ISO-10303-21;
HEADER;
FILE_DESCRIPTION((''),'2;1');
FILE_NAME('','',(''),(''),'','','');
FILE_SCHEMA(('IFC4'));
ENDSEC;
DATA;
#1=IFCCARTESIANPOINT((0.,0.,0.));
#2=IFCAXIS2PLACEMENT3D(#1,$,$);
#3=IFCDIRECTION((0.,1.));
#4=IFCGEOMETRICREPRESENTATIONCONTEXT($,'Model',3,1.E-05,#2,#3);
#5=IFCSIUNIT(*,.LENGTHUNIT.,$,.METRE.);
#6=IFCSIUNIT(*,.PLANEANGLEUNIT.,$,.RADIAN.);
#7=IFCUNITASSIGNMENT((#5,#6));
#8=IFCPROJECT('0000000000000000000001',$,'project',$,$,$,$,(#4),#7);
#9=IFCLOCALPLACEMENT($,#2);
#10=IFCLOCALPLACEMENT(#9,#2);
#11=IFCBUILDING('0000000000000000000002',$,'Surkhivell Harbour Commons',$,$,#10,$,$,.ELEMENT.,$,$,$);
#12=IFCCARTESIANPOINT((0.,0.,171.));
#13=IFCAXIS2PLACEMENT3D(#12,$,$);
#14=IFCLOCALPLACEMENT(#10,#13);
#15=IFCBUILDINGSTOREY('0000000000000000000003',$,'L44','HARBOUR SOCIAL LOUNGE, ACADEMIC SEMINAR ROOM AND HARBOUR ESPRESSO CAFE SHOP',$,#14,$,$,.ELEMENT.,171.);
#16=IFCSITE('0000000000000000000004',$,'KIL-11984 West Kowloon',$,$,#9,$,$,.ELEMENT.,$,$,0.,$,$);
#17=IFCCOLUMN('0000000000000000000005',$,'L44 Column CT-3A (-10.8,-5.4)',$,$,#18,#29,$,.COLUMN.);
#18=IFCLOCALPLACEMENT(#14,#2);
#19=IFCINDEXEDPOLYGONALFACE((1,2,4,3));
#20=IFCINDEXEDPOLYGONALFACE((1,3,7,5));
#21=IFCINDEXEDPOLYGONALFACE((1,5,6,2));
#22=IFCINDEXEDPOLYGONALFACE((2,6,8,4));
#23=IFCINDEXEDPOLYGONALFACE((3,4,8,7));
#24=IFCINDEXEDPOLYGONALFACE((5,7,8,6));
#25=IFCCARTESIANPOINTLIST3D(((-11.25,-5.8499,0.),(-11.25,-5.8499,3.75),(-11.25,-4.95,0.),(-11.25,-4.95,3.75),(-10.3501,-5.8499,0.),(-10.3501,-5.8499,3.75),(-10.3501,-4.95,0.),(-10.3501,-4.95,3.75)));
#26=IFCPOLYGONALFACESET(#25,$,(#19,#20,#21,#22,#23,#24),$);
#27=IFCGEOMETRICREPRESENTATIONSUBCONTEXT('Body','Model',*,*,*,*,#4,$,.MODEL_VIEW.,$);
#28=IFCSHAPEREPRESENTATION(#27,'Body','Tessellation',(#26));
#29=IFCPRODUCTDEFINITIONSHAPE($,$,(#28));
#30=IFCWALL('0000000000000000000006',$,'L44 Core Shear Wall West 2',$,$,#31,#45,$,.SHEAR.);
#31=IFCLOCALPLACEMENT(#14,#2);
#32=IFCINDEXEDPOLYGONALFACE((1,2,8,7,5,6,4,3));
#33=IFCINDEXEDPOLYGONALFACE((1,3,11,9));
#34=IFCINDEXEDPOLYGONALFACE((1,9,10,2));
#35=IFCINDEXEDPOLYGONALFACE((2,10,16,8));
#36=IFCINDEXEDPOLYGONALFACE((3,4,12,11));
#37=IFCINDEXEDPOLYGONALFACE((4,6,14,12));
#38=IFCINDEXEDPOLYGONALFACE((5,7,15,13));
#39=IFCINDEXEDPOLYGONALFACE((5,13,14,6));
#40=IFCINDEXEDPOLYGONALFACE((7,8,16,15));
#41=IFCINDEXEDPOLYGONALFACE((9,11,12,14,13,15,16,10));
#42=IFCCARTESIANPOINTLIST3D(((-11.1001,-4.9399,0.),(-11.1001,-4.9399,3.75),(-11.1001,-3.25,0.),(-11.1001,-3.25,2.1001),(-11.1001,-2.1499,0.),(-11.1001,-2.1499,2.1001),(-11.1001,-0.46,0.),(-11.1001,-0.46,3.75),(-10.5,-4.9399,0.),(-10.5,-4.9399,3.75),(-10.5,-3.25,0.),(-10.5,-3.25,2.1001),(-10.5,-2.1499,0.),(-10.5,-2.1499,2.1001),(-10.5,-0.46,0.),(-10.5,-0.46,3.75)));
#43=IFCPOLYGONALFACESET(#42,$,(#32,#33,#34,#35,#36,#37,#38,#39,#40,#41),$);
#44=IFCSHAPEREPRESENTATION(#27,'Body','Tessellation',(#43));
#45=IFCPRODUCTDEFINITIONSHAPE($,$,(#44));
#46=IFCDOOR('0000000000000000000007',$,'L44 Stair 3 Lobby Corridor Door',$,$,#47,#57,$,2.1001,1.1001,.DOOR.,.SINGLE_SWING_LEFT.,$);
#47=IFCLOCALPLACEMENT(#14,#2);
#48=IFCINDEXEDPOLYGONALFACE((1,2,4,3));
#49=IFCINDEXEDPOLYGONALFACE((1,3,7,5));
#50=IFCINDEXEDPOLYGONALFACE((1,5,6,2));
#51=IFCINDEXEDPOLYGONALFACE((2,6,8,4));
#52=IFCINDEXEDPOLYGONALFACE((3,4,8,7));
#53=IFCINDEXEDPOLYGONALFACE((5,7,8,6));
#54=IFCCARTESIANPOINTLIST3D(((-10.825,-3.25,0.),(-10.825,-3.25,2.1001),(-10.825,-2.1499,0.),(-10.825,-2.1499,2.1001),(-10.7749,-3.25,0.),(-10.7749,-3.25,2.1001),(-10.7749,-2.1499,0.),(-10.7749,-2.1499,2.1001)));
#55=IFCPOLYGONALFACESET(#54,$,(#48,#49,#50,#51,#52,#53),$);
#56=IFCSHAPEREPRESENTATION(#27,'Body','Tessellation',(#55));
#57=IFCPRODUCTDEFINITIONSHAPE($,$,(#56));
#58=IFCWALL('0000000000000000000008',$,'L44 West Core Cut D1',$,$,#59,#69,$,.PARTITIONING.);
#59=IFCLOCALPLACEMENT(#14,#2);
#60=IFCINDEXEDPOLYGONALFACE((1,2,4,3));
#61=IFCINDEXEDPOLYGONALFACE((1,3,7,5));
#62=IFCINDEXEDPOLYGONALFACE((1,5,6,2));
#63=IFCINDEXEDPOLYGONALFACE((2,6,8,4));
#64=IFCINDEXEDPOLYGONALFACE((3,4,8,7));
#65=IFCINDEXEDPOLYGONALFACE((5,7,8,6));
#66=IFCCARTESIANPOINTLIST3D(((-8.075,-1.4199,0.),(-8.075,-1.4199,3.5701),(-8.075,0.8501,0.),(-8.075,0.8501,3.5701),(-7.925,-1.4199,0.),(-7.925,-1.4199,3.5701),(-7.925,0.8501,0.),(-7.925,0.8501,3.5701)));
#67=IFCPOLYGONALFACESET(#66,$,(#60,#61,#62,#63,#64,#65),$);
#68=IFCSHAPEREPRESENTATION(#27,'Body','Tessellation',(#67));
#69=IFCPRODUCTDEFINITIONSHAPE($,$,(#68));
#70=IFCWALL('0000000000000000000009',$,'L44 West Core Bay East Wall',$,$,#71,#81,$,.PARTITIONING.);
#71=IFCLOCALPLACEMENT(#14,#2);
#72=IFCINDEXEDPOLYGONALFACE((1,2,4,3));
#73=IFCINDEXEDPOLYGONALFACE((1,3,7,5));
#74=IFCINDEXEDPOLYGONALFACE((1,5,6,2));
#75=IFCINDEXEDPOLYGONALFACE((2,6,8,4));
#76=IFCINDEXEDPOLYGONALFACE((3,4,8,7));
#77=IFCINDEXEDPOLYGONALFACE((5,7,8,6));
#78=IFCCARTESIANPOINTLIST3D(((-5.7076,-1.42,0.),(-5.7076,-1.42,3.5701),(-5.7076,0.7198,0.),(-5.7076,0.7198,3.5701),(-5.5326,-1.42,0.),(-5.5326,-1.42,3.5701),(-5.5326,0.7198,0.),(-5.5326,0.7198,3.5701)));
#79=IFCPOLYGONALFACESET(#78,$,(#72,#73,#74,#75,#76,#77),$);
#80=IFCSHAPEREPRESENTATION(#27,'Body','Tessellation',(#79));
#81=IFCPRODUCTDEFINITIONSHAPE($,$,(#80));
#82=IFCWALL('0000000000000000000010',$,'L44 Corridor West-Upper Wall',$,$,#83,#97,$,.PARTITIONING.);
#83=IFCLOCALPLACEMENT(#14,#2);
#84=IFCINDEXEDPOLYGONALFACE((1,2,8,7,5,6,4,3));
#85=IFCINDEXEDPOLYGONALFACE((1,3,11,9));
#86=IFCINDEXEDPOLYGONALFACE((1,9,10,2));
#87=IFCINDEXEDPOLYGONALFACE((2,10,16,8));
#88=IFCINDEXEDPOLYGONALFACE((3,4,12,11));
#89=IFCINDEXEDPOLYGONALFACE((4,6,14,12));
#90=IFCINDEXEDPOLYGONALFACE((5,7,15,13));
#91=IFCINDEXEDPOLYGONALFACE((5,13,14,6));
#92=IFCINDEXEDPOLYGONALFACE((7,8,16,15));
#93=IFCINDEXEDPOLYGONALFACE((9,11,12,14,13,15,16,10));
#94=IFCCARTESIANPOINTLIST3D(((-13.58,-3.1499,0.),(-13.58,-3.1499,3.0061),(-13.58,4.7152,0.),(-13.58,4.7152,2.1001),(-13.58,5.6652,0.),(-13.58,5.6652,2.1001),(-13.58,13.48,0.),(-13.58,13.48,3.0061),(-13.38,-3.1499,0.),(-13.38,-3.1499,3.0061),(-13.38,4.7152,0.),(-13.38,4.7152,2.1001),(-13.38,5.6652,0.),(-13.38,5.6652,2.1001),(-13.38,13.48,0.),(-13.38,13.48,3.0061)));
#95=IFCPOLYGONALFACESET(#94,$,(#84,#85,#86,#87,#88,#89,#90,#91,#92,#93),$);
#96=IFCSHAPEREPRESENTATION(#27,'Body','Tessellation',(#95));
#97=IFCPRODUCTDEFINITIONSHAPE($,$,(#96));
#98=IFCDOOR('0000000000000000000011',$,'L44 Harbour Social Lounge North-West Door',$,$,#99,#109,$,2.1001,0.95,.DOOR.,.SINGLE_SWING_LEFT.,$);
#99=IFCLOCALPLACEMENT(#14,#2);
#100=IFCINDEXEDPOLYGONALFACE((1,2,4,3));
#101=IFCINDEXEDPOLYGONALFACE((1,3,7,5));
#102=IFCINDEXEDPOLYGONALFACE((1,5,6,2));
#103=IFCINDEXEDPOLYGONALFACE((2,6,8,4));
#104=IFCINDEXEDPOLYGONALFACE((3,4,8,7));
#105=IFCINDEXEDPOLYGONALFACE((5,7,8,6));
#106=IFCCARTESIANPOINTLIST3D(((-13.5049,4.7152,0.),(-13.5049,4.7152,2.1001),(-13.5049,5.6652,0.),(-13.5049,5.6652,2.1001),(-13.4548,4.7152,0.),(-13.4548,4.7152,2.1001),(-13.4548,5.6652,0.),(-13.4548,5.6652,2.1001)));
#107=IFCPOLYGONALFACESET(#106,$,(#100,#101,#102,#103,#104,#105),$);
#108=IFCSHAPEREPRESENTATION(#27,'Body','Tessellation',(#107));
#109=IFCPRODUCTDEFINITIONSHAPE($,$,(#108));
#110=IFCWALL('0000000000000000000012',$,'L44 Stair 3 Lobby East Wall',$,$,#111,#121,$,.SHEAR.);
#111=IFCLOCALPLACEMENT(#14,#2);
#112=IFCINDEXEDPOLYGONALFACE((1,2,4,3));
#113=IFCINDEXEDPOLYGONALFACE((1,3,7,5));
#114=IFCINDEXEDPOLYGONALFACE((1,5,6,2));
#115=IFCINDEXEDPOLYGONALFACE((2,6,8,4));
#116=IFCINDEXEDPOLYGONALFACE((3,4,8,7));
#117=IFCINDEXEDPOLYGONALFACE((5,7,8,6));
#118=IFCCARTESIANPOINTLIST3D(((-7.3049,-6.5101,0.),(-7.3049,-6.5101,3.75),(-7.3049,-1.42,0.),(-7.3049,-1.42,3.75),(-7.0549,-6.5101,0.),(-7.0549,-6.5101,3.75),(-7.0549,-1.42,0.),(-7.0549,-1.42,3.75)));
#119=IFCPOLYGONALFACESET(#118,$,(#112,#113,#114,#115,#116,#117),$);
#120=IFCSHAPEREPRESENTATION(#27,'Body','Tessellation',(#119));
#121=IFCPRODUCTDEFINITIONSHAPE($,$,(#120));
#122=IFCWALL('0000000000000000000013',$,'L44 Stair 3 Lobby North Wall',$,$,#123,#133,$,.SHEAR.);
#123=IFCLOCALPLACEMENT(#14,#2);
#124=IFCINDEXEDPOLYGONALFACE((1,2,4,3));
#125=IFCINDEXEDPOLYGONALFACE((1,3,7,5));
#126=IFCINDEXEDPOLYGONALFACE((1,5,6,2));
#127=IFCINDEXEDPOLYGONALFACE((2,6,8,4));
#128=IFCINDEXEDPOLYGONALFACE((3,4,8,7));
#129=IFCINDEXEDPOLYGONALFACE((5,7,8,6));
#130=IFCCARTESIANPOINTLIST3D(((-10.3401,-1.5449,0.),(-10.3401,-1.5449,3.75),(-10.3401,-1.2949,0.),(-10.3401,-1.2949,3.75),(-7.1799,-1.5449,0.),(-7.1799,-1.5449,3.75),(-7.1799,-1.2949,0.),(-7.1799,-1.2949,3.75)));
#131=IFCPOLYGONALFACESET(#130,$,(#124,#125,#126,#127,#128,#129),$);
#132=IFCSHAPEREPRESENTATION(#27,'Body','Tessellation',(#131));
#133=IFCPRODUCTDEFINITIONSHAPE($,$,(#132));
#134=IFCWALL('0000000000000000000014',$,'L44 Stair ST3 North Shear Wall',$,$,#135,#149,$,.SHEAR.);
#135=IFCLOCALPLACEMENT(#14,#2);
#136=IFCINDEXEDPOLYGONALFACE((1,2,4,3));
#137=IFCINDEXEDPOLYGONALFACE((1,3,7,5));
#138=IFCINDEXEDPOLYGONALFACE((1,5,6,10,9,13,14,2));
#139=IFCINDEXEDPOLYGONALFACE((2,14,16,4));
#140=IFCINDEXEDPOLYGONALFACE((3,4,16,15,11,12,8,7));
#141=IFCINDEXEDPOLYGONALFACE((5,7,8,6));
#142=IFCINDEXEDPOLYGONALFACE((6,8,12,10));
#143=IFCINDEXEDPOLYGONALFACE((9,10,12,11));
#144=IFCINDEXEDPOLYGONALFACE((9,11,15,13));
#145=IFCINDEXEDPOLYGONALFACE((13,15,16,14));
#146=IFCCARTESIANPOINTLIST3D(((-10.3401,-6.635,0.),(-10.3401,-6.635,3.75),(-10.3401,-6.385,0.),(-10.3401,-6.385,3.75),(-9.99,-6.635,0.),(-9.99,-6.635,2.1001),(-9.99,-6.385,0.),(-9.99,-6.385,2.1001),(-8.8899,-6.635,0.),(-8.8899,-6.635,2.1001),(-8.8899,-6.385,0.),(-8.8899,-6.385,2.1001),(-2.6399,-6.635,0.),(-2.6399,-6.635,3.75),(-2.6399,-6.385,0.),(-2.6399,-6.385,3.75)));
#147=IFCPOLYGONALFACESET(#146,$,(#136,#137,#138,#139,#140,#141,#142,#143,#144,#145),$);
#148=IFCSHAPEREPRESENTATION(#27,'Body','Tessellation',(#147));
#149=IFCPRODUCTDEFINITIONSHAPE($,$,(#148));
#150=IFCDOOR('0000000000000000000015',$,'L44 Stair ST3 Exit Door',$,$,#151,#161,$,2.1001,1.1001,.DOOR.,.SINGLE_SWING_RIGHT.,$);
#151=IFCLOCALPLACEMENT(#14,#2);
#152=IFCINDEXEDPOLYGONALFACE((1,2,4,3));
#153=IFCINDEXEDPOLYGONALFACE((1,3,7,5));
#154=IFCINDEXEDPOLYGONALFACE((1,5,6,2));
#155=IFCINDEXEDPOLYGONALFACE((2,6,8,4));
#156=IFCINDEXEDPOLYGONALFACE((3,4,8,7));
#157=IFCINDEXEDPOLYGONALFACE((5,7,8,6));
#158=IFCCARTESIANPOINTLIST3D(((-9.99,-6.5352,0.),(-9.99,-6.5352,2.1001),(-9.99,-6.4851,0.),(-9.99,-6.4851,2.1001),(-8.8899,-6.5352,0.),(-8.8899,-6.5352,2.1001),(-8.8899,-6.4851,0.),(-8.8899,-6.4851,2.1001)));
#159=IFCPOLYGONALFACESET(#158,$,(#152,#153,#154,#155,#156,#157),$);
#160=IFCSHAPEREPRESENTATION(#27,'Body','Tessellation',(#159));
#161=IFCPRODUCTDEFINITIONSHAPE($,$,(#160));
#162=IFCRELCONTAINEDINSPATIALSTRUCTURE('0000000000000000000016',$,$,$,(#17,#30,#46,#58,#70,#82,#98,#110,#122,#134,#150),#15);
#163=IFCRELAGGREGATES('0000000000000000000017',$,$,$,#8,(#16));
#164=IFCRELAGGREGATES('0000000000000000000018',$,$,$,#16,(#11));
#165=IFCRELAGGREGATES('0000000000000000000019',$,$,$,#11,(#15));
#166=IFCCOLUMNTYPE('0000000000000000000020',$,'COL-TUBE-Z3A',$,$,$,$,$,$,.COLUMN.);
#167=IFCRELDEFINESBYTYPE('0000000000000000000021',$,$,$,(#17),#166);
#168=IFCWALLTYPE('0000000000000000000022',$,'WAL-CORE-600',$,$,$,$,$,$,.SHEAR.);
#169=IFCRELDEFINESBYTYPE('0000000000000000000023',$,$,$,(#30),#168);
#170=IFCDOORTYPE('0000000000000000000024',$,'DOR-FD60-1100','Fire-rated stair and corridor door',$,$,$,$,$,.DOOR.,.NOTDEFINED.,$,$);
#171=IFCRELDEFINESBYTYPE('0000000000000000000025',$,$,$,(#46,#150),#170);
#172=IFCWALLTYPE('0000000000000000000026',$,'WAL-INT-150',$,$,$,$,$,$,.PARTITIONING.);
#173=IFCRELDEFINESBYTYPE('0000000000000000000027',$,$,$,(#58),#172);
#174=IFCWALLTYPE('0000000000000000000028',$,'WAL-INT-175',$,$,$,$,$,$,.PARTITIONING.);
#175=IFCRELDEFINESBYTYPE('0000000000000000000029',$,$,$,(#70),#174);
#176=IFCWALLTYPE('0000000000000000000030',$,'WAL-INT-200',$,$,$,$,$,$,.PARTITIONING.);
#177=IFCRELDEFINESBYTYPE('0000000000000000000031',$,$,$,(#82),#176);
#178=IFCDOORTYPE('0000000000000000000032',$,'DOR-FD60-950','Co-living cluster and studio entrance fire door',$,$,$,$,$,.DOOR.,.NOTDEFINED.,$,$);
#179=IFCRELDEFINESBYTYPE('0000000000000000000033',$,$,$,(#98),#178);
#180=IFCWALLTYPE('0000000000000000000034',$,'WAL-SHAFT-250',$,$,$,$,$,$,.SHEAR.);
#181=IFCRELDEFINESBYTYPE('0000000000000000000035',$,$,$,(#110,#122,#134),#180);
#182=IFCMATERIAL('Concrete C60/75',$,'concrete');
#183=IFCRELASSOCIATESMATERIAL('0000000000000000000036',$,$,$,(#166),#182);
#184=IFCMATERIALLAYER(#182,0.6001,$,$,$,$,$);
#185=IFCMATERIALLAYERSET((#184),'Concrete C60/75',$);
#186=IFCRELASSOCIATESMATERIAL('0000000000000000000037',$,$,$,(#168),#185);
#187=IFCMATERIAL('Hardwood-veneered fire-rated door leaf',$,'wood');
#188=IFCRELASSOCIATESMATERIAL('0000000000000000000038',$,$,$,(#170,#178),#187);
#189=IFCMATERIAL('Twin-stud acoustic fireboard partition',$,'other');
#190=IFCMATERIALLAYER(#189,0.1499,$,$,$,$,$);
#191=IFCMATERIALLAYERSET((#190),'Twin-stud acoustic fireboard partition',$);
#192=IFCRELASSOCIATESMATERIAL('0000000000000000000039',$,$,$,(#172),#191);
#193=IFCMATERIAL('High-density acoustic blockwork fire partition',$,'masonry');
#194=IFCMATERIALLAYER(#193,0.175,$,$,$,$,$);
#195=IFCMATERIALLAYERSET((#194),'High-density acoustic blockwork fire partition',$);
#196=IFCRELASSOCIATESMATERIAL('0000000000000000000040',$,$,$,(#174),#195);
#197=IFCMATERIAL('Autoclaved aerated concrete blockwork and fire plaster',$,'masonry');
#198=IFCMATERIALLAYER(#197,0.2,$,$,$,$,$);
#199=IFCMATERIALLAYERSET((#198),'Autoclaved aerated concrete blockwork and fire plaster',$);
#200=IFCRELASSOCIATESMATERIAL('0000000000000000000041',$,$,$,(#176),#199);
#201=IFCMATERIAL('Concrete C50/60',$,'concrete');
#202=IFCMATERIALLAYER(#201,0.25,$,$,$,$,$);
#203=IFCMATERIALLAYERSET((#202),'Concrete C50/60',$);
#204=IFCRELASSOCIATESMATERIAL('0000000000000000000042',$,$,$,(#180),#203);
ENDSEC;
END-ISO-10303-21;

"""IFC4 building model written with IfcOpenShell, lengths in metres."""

from ifc_helpers import new_model, si_unit, direction, frame, frame_2d, origin, origin_2d, place, context, subcontext, project, spatial, rectangle, extrude, material, layer, layer_set, material_profile, profile_set, type_object, element, fill, save


model = new_model("IFC4")

# Units and contexts
model_context = context("Model", 3, precision=1e-05, world=origin(), true_north=direction((0.0, 1.0)))
body_context = subcontext(model_context, "Body", "Model", "MODEL_VIEW")
ifc_project = project(units=[si_unit("LENGTHUNIT", "METRE"), si_unit("PLANEANGLEUNIT", "RADIAN")], contexts=[model_context])

# Site, building, storey
site_placement = place(None, origin())
site = spatial("IfcSite", under=ifc_project, at=site_placement, Name="KIL-11984 West Kowloon", CompositionType="ELEMENT", RefElevation=0.0)
building_placement = place(site_placement, origin())
building = spatial("IfcBuilding", under=site, at=building_placement, Name="Surkhivell Harbour Commons", CompositionType="ELEMENT")
storey_placement = place(building_placement, frame((0.0, 0.0, 171.0)))
storey = spatial("IfcBuildingStorey", under=building, at=storey_placement, Name="L44", Description="HARBOUR SOCIAL LOUNGE, ACADEMIC SEMINAR ROOM AND HARBOUR ESPRESSO CAFE SHOP", CompositionType="ELEMENT", Elevation=171.0)

# Column
ifc_material_1 = material(Name="Concrete C60/75", Category="concrete")
ifc_material_profile = material_profile(ifc_material_1, rectangle(XDim=0.8999, YDim=0.8999, at=origin_2d()), Name="RC-COL-900x900")
ifc_profile_set = profile_set([ifc_material_profile], Name="Concrete C60/75")
column_type = type_object("IfcColumnType", Name="COL-TUBE-Z3A", PredefinedType="COLUMN", material=ifc_profile_set)
column_placement = place(storey_placement, frame((-10.8, -5.3999, 0.0), z_axis=(0.0, 0.0, 1.0), x_axis=(1.0, 0.0, 0.0)))
element("IfcColumn", 1, at=column_placement, inside=storey, type_object=column_type, Name="L44 Column CT-3A (-10.8,-5.4)", PredefinedType="COLUMN", context=body_context, shape_type="SweptSolid", body=[
    extrude(rectangle(XDim=0.8999, YDim=0.8999, at=origin_2d()), origin(), (0.0, 0.0, 1.0), 3.75),
])

# Wall, opening, door
ifc_layer_1 = layer(ifc_material_1, 0.6001)
ifc_layer_set_1 = layer_set([ifc_layer_1], Name="Concrete C60/75")
wall_type_1 = type_object("IfcWallType", Name="WAL-CORE-600", PredefinedType="SHEAR", material=ifc_layer_set_1)
wall_1_placement = place(storey_placement, frame((-10.8, -4.9399, 0.0), z_axis=(0.0, 0.0, 1.0), x_axis=(0.0, 1.0, 0.0)))
wall_1 = element("IfcWall", 2, at=wall_1_placement, inside=storey, type_object=wall_type_1, Name="L44 Core Shear Wall West 2", PredefinedType="SHEAR", context=body_context, shape_type="SweptSolid", body=[
    extrude(rectangle(XDim=4.48, YDim=0.6001, at=frame_2d((2.24, 0.0))), origin(), (0.0, 0.0, 1.0), 3.75),
])
opening_1_placement = place(wall_1_placement, frame((1.6899, 0.0, 0.0)))
opening_1 = element("IfcOpeningElement", 3, at=opening_1_placement, cuts=wall_1, PredefinedType="OPENING", context=body_context, shape_type="SweptSolid", body=[
    extrude(rectangle(XDim=1.1001, YDim=2.1001, at=frame_2d((0.55, 1.05))), frame((0.0, 0.3101, 0.0), z_axis=(0.0, -1.0, 0.0), x_axis=(1.0, 0.0, 0.0)), (0.0, 0.0, 1.0), 0.6201),
])
ifc_material_2 = material(Name="Hardwood-veneered fire-rated door leaf", Category="wood")
door_type_1 = type_object("IfcDoorType", Name="DOR-FD60-1100", Description="Fire-rated stair and corridor door", OperationType="NOTDEFINED", PredefinedType="DOOR", material=ifc_material_2)
door_1_placement = place(opening_1_placement, origin())
door_1 = element("IfcDoor", 4, at=door_1_placement, inside=storey, type_object=door_type_1, Name="L44 Stair 3 Lobby Corridor Door", OperationType="SINGLE_SWING_LEFT", OverallHeight=2.1001, OverallWidth=1.1001, PredefinedType="DOOR", context=body_context, shape_type="SweptSolid", body=[
    extrude(rectangle(XDim=1.1001, YDim=2.1001, at=frame_2d((0.55, 1.05))), frame((0.0, 0.0249, 0.0), z_axis=(0.0, -1.0, 0.0), x_axis=(1.0, 0.0, 0.0)), (0.0, 0.0, 1.0), 0.05),
])
fill(opening_1, door_1)

# Walls
ifc_material_3 = material(Name="Twin-stud acoustic fireboard partition", Category="other")
ifc_layer_2 = layer(ifc_material_3, 0.1499)
ifc_layer_set_2 = layer_set([ifc_layer_2], Name="Twin-stud acoustic fireboard partition")
wall_type_2 = type_object("IfcWallType", Name="WAL-INT-150", PredefinedType="PARTITIONING", material=ifc_layer_set_2)
wall_2_placement = place(storey_placement, frame((-8.0, -1.4199, 0.0), z_axis=(0.0, 0.0, 1.0), x_axis=(0.0, 1.0, 0.0)))
element("IfcWall", 5, at=wall_2_placement, inside=storey, type_object=wall_type_2, Name="L44 West Core Cut D1", PredefinedType="PARTITIONING", context=body_context, shape_type="SweptSolid", body=[
    extrude(rectangle(XDim=2.27, YDim=0.1499, at=frame_2d((1.135, 0.0))), origin(), (0.0, 0.0, 1.0), 3.5701),
])
ifc_material_4 = material(Name="High-density acoustic blockwork fire partition", Category="masonry")
ifc_layer_3 = layer(ifc_material_4, 0.175)
ifc_layer_set_3 = layer_set([ifc_layer_3], Name="High-density acoustic blockwork fire partition")
wall_type_3 = type_object("IfcWallType", Name="WAL-INT-175", PredefinedType="PARTITIONING", material=ifc_layer_set_3)
wall_3_placement = place(storey_placement, frame((-5.6201, -1.4199, 0.0), z_axis=(0.0, 0.0, 1.0), x_axis=(0.0, 1.0, 0.0)))
element("IfcWall", 6, at=wall_3_placement, inside=storey, type_object=wall_type_3, Name="L44 West Core Bay East Wall", PredefinedType="PARTITIONING", context=body_context, shape_type="SweptSolid", body=[
    extrude(rectangle(XDim=2.1399, YDim=0.175, at=frame_2d((1.0698, 0.0))), origin(), (0.0, 0.0, 1.0), 3.5701),
])

# Wall, opening, door
ifc_material_5 = material(Name="Autoclaved aerated concrete blockwork and fire plaster", Category="masonry")
ifc_layer_4 = layer(ifc_material_5, 0.2)
ifc_layer_set_4 = layer_set([ifc_layer_4], Name="Autoclaved aerated concrete blockwork and fire plaster")
wall_type_4 = type_object("IfcWallType", Name="WAL-INT-200", PredefinedType="PARTITIONING", material=ifc_layer_set_4)
wall_4_placement = place(storey_placement, frame((-13.48, -3.1499, 0.0), z_axis=(0.0, 0.0, 1.0), x_axis=(0.0, 1.0, 0.0)))
wall_4 = element("IfcWall", 7, at=wall_4_placement, inside=storey, type_object=wall_type_4, Name="L44 Corridor West-Upper Wall", PredefinedType="PARTITIONING", context=body_context, shape_type="SweptSolid", body=[
    extrude(rectangle(XDim=16.6299, YDim=0.2, at=frame_2d((8.3149, 0.0))), origin(), (0.0, 0.0, 1.0), 3.0061),
])
opening_2_placement = place(wall_4_placement, frame((7.865, 0.0, 0.0)))
opening_2 = element("IfcOpeningElement", 8, at=opening_2_placement, cuts=wall_4, PredefinedType="OPENING", context=body_context, shape_type="SweptSolid", body=[
    extrude(rectangle(XDim=0.95, YDim=2.1001, at=frame_2d((0.4751, 1.05))), frame((0.0, 0.1099, 0.0), z_axis=(0.0, -1.0, 0.0), x_axis=(1.0, 0.0, 0.0)), (0.0, 0.0, 1.0), 0.22),
])
door_type_2 = type_object("IfcDoorType", Name="DOR-FD60-950", Description="Co-living cluster and studio entrance fire door", OperationType="NOTDEFINED", PredefinedType="DOOR", material=ifc_material_2)
door_2_placement = place(opening_2_placement, origin())
door_2 = element("IfcDoor", 9, at=door_2_placement, inside=storey, type_object=door_type_2, Name="L44 Harbour Social Lounge North-West Door", OperationType="SINGLE_SWING_LEFT", OverallHeight=2.1001, OverallWidth=0.95, PredefinedType="DOOR", context=body_context, shape_type="SweptSolid", body=[
    extrude(rectangle(XDim=0.95, YDim=2.1001, at=frame_2d((0.4751, 1.05))), frame((0.0, 0.0249, 0.0), z_axis=(0.0, -1.0, 0.0), x_axis=(1.0, 0.0, 0.0)), (0.0, 0.0, 1.0), 0.05),
])
fill(opening_2, door_2)

# Walls
ifc_material_6 = material(Name="Concrete C50/60", Category="concrete")
ifc_layer_5 = layer(ifc_material_6, 0.25)
ifc_layer_set_5 = layer_set([ifc_layer_5], Name="Concrete C50/60")
wall_type_5 = type_object("IfcWallType", Name="WAL-SHAFT-250", PredefinedType="SHEAR", material=ifc_layer_set_5)
wall_5_placement = place(storey_placement, frame((-7.1799, -6.51, 0.0), z_axis=(0.0, 0.0, 1.0), x_axis=(0.0, 1.0, 0.0)))
element("IfcWall", 10, at=wall_5_placement, inside=storey, type_object=wall_type_5, Name="L44 Stair 3 Lobby East Wall", PredefinedType="SHEAR", context=body_context, shape_type="SweptSolid", body=[
    extrude(rectangle(XDim=5.0901, YDim=0.25, at=frame_2d((2.5449, 0.0))), origin(), (0.0, 0.0, 1.0), 3.75),
])
wall_6_placement = place(storey_placement, frame((-10.3401, -1.4199, 0.0), z_axis=(0.0, 0.0, 1.0), x_axis=(1.0, 0.0, 0.0)))
element("IfcWall", 11, at=wall_6_placement, inside=storey, type_object=wall_type_5, Name="L44 Stair 3 Lobby North Wall", PredefinedType="SHEAR", context=body_context, shape_type="SweptSolid", body=[
    extrude(rectangle(XDim=3.1602, YDim=0.25, at=frame_2d((1.5801, 0.0))), origin(), (0.0, 0.0, 1.0), 3.75),
])

# Wall, opening, door
wall_7_placement = place(storey_placement, frame((-10.3401, -6.51, 0.0), z_axis=(0.0, 0.0, 1.0), x_axis=(1.0, 0.0, 0.0)))
wall_7 = element("IfcWall", 12, at=wall_7_placement, inside=storey, type_object=wall_type_5, Name="L44 Stair ST3 North Shear Wall", PredefinedType="SHEAR", context=body_context, shape_type="SweptSolid", body=[
    extrude(rectangle(XDim=7.7002, YDim=0.25, at=frame_2d((3.8501, 0.0))), origin(), (0.0, 0.0, 1.0), 3.75),
])
opening_3_placement = place(wall_7_placement, frame((0.3501, 0.0, 0.0)))
opening_3 = element("IfcOpeningElement", 13, at=opening_3_placement, cuts=wall_7, PredefinedType="OPENING", context=body_context, shape_type="SweptSolid", body=[
    extrude(rectangle(XDim=1.1001, YDim=2.1001, at=frame_2d((0.55, 1.05))), frame((0.0, 0.135, 0.0), z_axis=(0.0, -1.0, 0.0), x_axis=(1.0, 0.0, 0.0)), (0.0, 0.0, 1.0), 0.27),
])
door_3_placement = place(opening_3_placement, origin())
door_3 = element("IfcDoor", 14, at=door_3_placement, inside=storey, type_object=door_type_1, Name="L44 Stair ST3 Exit Door", OperationType="SINGLE_SWING_RIGHT", OverallHeight=2.1001, OverallWidth=1.1001, PredefinedType="DOOR", context=body_context, shape_type="SweptSolid", body=[
    extrude(rectangle(XDim=1.1001, YDim=2.1001, at=frame_2d((0.55, 1.05))), frame((0.0, 0.0249, 0.0), z_axis=(0.0, -1.0, 0.0), x_axis=(1.0, 0.0, 0.0)), (0.0, 0.0, 1.0), 0.05),
])
fill(opening_3, door_3)

save(model, "model.ifc")
